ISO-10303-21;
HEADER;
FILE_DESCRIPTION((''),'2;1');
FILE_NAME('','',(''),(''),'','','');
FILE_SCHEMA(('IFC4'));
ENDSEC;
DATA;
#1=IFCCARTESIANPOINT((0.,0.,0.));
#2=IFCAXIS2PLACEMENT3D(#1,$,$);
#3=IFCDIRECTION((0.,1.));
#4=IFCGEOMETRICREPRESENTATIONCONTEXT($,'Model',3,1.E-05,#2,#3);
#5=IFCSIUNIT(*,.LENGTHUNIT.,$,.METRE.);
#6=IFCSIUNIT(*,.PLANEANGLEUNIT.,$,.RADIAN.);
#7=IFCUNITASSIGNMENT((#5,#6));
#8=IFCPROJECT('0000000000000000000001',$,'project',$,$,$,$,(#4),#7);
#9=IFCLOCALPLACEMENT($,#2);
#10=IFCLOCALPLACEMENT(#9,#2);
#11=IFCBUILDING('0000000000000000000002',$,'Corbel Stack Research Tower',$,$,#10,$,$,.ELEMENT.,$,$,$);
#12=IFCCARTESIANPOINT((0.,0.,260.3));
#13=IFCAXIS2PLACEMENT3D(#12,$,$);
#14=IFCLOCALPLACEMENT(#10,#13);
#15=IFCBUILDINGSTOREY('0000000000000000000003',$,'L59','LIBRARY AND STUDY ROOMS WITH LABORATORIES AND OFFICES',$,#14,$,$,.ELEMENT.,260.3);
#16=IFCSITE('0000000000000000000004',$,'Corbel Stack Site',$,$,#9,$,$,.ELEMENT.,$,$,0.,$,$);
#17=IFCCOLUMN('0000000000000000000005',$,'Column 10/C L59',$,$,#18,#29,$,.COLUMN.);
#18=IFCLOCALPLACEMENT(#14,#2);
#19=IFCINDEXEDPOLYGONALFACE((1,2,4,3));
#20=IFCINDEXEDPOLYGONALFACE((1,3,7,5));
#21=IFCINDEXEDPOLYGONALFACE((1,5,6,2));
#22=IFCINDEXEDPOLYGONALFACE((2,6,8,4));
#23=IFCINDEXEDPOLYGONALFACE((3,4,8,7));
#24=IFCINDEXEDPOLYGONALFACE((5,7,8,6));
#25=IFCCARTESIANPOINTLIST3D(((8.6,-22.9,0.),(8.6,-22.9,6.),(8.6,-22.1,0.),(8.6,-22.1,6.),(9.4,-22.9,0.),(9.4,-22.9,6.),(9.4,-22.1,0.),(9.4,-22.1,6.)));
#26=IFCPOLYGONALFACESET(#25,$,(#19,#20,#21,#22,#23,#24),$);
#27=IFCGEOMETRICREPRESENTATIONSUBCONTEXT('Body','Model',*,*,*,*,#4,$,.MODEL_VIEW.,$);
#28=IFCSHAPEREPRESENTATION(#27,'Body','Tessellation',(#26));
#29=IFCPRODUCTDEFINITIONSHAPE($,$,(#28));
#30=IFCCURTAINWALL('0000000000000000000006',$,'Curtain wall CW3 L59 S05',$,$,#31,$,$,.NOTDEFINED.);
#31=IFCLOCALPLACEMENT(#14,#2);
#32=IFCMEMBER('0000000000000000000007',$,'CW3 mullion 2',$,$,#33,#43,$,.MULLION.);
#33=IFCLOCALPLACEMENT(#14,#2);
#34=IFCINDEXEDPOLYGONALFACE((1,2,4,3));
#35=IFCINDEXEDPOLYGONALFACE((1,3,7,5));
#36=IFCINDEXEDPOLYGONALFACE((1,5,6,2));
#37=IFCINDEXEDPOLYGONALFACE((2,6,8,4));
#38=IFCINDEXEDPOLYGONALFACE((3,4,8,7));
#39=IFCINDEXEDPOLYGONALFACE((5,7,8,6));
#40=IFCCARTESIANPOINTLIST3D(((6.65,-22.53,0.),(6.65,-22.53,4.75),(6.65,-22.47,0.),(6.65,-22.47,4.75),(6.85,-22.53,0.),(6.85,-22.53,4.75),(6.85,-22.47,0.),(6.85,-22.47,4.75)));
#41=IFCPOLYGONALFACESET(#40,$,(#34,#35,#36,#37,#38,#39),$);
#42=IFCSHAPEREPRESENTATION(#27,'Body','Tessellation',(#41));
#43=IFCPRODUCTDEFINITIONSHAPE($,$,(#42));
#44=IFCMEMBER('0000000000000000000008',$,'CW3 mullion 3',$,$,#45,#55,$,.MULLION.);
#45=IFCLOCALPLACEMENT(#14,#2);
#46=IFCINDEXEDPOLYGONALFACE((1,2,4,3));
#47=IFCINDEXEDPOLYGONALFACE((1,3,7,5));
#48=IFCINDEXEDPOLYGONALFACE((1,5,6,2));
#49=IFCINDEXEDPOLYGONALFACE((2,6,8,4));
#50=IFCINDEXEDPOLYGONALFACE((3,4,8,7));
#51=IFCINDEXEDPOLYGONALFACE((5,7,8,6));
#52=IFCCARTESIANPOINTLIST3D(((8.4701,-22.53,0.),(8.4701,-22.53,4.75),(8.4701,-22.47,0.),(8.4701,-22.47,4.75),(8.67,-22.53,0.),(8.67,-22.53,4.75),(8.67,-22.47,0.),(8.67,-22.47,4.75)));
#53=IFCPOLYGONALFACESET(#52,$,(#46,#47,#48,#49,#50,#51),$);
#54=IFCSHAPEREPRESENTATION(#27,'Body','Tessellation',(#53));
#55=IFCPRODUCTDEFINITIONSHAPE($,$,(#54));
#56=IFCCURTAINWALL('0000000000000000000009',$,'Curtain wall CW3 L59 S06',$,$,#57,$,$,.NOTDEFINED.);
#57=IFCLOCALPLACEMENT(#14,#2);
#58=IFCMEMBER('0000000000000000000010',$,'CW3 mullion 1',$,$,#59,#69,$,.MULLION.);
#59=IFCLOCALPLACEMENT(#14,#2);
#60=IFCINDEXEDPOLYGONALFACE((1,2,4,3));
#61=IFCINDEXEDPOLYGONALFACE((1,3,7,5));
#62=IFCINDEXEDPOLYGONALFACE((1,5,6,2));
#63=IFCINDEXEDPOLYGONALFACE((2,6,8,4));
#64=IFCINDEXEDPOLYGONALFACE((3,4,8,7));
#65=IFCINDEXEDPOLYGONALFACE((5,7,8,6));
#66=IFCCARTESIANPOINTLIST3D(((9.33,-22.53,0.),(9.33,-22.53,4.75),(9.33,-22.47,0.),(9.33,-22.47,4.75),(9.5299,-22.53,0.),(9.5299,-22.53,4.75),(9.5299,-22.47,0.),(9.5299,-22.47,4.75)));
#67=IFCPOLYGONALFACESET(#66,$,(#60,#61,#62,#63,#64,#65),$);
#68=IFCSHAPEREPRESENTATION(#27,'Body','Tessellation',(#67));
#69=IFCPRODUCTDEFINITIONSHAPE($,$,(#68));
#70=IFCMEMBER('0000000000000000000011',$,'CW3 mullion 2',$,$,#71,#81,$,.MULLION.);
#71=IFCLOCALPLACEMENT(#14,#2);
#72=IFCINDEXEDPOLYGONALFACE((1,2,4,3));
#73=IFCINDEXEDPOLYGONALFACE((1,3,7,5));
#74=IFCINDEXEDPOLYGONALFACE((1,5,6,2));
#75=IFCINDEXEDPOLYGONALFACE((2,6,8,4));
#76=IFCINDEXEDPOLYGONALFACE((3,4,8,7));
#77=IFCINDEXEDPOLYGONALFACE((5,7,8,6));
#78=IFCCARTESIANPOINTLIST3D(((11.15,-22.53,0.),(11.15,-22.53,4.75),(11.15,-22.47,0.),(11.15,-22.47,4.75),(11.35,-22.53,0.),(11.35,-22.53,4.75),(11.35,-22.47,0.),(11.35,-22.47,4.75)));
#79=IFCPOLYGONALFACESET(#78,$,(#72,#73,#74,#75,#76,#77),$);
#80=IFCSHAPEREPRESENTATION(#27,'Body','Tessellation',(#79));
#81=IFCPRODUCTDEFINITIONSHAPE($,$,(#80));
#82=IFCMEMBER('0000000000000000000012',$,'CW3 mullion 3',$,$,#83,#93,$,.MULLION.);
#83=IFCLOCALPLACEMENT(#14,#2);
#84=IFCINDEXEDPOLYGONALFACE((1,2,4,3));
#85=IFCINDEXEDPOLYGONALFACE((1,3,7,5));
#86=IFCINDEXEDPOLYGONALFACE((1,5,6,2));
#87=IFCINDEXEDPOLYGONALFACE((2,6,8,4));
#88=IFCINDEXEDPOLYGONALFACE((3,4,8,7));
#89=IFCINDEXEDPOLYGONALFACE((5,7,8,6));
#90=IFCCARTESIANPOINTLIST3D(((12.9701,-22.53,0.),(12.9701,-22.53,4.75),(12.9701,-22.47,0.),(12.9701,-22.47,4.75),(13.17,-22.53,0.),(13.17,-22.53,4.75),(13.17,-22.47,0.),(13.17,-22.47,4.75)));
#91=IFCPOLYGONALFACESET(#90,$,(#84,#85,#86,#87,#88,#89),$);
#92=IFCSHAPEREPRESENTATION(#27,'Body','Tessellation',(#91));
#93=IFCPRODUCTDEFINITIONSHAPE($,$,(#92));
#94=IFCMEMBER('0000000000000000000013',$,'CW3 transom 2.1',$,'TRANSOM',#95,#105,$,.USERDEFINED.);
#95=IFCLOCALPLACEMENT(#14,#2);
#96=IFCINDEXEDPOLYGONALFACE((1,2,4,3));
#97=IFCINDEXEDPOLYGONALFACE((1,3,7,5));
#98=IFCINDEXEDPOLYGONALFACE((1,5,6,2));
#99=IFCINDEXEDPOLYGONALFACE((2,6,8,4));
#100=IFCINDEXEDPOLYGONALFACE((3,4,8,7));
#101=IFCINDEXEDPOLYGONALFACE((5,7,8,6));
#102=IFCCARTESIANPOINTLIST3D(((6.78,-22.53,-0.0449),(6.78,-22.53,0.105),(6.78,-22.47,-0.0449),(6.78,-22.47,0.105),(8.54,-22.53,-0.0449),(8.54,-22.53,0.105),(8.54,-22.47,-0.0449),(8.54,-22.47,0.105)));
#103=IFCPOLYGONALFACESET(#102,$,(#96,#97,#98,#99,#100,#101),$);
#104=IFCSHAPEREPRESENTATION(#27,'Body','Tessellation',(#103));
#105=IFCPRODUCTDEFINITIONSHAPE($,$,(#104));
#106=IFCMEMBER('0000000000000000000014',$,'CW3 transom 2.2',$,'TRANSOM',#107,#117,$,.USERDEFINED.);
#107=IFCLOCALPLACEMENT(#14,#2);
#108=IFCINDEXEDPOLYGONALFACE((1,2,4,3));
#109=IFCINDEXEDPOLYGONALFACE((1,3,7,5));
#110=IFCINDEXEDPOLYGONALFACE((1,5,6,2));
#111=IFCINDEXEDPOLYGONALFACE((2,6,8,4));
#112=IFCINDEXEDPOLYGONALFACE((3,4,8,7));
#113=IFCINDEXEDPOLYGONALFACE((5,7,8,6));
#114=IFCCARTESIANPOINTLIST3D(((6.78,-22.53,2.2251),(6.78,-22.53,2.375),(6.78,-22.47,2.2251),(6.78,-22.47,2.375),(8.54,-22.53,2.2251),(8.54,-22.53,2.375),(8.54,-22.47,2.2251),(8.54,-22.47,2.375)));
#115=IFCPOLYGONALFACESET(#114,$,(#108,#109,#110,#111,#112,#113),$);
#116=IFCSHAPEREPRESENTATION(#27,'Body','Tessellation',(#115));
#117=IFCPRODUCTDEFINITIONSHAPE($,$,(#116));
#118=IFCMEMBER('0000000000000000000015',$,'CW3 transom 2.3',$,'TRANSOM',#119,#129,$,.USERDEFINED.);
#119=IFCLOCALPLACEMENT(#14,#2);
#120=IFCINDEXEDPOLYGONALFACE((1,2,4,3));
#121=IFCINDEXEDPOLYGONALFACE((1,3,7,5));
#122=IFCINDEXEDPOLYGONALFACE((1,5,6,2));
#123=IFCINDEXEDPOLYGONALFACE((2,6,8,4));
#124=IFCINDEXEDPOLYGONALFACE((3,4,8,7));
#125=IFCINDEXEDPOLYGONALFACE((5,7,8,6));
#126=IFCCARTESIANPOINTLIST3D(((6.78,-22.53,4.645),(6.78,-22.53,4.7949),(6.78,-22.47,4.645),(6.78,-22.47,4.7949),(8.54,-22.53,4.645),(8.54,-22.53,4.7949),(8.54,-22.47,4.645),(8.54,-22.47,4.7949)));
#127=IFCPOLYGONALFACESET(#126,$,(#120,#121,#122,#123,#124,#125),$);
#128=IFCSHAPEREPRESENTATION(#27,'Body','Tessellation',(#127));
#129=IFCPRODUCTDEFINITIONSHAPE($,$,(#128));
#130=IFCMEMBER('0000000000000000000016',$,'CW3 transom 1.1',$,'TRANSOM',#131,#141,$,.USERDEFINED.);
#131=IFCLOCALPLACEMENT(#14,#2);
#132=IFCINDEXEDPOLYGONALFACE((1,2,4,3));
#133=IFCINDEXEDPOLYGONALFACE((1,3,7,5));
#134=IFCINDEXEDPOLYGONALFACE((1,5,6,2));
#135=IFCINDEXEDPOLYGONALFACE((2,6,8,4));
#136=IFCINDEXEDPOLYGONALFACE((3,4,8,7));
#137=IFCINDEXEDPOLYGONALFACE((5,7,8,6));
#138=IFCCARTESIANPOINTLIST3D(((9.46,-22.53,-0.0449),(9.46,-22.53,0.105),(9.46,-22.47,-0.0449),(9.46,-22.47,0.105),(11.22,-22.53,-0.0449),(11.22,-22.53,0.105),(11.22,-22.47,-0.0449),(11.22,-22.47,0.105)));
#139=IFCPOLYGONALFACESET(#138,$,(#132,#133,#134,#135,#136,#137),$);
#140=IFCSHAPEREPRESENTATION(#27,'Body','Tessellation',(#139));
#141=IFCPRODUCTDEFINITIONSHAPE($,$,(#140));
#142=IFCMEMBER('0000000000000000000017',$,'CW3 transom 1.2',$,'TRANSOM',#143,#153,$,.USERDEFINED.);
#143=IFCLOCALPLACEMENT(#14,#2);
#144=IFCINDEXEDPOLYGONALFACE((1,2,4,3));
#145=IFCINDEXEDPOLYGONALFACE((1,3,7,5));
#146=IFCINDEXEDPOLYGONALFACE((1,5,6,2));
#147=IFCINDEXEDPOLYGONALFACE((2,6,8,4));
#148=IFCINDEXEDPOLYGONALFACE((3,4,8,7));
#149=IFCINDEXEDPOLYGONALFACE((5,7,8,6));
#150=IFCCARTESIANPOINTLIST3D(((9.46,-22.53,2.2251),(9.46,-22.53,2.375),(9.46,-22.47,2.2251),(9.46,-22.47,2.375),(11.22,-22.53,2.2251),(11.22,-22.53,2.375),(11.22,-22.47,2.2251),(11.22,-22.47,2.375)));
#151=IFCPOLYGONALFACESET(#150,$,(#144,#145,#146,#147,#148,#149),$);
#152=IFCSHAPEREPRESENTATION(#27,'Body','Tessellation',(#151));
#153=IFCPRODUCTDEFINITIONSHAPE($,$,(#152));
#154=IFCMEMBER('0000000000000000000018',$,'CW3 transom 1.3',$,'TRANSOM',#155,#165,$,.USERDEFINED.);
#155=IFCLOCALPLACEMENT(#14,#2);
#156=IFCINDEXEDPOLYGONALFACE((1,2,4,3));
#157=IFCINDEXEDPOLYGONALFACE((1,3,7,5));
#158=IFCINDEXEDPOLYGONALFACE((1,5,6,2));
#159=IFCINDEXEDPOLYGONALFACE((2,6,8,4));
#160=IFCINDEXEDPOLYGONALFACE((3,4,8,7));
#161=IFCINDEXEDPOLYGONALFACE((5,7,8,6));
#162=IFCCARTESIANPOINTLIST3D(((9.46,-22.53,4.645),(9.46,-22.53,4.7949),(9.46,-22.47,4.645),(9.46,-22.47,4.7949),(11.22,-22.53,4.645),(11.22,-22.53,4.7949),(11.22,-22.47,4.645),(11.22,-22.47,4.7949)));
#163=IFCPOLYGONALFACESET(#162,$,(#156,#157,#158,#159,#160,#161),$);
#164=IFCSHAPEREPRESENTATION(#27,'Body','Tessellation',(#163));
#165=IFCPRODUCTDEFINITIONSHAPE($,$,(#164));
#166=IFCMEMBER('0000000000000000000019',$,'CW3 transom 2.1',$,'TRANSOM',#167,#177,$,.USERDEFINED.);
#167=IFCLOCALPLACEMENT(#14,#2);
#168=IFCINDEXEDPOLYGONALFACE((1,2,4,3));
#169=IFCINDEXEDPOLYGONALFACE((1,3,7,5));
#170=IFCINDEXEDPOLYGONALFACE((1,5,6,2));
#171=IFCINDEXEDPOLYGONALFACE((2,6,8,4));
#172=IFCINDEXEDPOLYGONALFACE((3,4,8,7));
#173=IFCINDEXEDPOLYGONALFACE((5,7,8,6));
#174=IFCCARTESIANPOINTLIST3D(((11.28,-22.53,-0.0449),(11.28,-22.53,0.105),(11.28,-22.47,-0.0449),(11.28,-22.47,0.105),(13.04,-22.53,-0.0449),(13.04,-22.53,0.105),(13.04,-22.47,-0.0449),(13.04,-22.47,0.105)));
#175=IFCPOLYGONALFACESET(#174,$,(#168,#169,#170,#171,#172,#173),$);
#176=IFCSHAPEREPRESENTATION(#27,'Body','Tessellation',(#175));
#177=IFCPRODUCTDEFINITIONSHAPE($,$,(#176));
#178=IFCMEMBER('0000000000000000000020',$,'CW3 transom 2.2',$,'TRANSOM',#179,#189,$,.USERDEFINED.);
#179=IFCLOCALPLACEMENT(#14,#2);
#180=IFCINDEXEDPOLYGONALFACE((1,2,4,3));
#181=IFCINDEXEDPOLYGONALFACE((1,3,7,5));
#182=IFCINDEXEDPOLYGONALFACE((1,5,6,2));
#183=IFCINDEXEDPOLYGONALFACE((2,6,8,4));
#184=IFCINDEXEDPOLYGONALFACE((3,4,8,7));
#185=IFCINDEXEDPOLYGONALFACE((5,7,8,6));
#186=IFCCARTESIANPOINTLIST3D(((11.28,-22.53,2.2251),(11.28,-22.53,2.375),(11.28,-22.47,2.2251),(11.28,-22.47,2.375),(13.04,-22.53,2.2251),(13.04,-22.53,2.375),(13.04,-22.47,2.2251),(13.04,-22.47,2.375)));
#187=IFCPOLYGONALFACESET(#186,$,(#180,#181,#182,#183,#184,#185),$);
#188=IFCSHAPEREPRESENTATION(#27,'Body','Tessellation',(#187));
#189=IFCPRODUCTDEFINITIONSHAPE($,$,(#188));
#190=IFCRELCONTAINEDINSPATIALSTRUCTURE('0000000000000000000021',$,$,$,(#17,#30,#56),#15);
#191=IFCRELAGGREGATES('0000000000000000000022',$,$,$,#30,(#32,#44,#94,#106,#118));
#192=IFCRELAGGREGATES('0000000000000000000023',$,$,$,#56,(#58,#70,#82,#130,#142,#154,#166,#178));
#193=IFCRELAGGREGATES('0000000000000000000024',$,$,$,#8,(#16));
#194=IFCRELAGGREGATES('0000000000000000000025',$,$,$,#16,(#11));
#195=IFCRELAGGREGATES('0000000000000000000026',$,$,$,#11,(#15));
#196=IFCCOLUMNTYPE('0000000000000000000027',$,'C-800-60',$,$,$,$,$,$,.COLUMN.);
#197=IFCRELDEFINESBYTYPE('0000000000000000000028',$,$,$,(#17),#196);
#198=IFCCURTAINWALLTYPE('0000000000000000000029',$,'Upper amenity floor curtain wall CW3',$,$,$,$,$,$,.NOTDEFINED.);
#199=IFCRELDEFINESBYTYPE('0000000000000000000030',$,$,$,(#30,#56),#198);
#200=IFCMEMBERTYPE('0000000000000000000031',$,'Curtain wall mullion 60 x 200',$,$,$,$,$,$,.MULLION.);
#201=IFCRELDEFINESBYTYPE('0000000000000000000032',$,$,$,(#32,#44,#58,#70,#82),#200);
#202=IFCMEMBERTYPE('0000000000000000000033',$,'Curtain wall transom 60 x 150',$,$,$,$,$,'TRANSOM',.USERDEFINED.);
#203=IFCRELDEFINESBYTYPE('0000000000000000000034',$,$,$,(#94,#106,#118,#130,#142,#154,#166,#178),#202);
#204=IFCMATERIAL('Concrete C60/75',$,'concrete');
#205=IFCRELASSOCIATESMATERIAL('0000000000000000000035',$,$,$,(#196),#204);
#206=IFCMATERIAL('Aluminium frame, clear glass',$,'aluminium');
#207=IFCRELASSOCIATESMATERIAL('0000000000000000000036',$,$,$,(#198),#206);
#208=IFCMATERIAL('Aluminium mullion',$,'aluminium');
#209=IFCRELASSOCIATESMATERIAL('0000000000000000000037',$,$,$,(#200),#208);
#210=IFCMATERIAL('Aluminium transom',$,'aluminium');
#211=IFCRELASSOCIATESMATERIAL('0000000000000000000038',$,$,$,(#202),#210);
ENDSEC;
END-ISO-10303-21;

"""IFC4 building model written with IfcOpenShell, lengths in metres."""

from ifc_helpers import new_model, si_unit, direction, frame, origin, origin_2d, place, context, subcontext, project, spatial, rectangle, extrude, material, material_profile, profile_set, type_object, element, aggregate, save


model = new_model("IFC4")

# Units and contexts
model_context = context("Model", 3, precision=1e-05, world=origin(), true_north=direction((0.0, 1.0)))
body_context = subcontext(model_context, "Body", "Model", "MODEL_VIEW")
ifc_project = project(units=[si_unit("LENGTHUNIT", "METRE"), si_unit("PLANEANGLEUNIT", "RADIAN")], contexts=[model_context])

# Site, building, storey
site_placement = place(None, origin())
site = spatial("IfcSite", under=ifc_project, at=site_placement, Name="Corbel Stack Site", CompositionType="ELEMENT", RefElevation=0.0)
building_placement = place(site_placement, origin())
building = spatial("IfcBuilding", under=site, at=building_placement, Name="Corbel Stack Research Tower", CompositionType="ELEMENT")
storey_placement = place(building_placement, frame((0.0, 0.0, 260.3)))
storey = spatial("IfcBuildingStorey", under=building, at=storey_placement, Name="L59", Description="LIBRARY AND STUDY ROOMS WITH LABORATORIES AND OFFICES", CompositionType="ELEMENT", Elevation=260.3)

# Column
ifc_material_1 = material(Name="Concrete C60/75", Category="concrete")
ifc_material_profile_1 = material_profile(ifc_material_1, rectangle(XDim=0.8, YDim=0.8, at=origin_2d()), Name="RC 800 x 800")
ifc_profile_set_1 = profile_set([ifc_material_profile_1], Name="Concrete C60/75")
column_type = type_object("IfcColumnType", Name="C-800-60", PredefinedType="COLUMN", material=ifc_profile_set_1)
column_placement = place(storey_placement, frame((9.0, -22.5, 0.0), z_axis=(0.0, 0.0, 1.0), x_axis=(1.0, 0.0, 0.0)))
element("IfcColumn", 1, at=column_placement, inside=storey, type_object=column_type, Name="Column 10/C L59", PredefinedType="COLUMN", context=body_context, shape_type="SweptSolid", body=[
    extrude(rectangle(XDim=0.8, YDim=0.8, at=origin_2d()), origin(), (0.0, 0.0, 1.0), 6.0),
])

# Curtain walls, members
ifc_material_2 = material(Name="Aluminium frame, clear glass", Category="aluminium")
curtain_wall_type = type_object("IfcCurtainWallType", Name="Upper amenity floor curtain wall CW3", PredefinedType="NOTDEFINED", material=ifc_material_2)
curtain_wall_1_placement = place(storey_placement, origin())
curtain_wall_1 = element("IfcCurtainWall", 2, at=curtain_wall_1_placement, inside=storey, type_object=curtain_wall_type, Name="Curtain wall CW3 L59 S05", PredefinedType="NOTDEFINED")
ifc_material_3 = material(Name="Aluminium mullion", Category="aluminium")
ifc_material_profile_2 = material_profile(ifc_material_3, rectangle(XDim=0.0601, YDim=0.2, at=origin_2d()), Name="Mullion 60 x 200")
ifc_profile_set_2 = profile_set([ifc_material_profile_2], Name="Aluminium mullion")
member_type_1 = type_object("IfcMemberType", Name="Curtain wall mullion 60 x 200", PredefinedType="MULLION", material=ifc_profile_set_2)
member_1_placement = place(storey_placement, frame((6.75, -22.5, 0.0), z_axis=(0.0, 0.0, 1.0), x_axis=(0.0, 1.0, 0.0)))
member_1 = element("IfcMember", 3, at=member_1_placement, type_object=member_type_1, Name="CW3 mullion 2", PredefinedType="MULLION", context=body_context, shape_type="SweptSolid", body=[
    extrude(rectangle(XDim=0.0601, YDim=0.2, at=origin_2d()), origin(), (0.0, 0.0, 1.0), 4.75),
])
member_2_placement = place(storey_placement, frame((8.5701, -22.5, 0.0), z_axis=(0.0, 0.0, 1.0), x_axis=(0.0, 1.0, 0.0)))
member_2 = element("IfcMember", 4, at=member_2_placement, type_object=member_type_1, Name="CW3 mullion 3", PredefinedType="MULLION", context=body_context, shape_type="SweptSolid", body=[
    extrude(rectangle(XDim=0.0601, YDim=0.2, at=origin_2d()), origin(), (0.0, 0.0, 1.0), 4.75),
])
curtain_wall_2_placement = place(storey_placement, origin())
curtain_wall_2 = element("IfcCurtainWall", 5, at=curtain_wall_2_placement, inside=storey, type_object=curtain_wall_type, Name="Curtain wall CW3 L59 S06", PredefinedType="NOTDEFINED")
member_3_placement = place(storey_placement, frame((9.4299, -22.5, 0.0), z_axis=(0.0, 0.0, 1.0), x_axis=(0.0, 1.0, 0.0)))
member_3 = element("IfcMember", 6, at=member_3_placement, type_object=member_type_1, Name="CW3 mullion 1", PredefinedType="MULLION", context=body_context, shape_type="SweptSolid", body=[
    extrude(rectangle(XDim=0.0601, YDim=0.2, at=origin_2d()), origin(), (0.0, 0.0, 1.0), 4.75),
])
member_4_placement = place(storey_placement, frame((11.25, -22.5, 0.0), z_axis=(0.0, 0.0, 1.0), x_axis=(0.0, 1.0, 0.0)))
member_4 = element("IfcMember", 7, at=member_4_placement, type_object=member_type_1, Name="CW3 mullion 2", PredefinedType="MULLION", context=body_context, shape_type="SweptSolid", body=[
    extrude(rectangle(XDim=0.0601, YDim=0.2, at=origin_2d()), origin(), (0.0, 0.0, 1.0), 4.75),
])
member_5_placement = place(storey_placement, frame((13.0701, -22.5, 0.0), z_axis=(0.0, 0.0, 1.0), x_axis=(0.0, 1.0, 0.0)))
member_5 = element("IfcMember", 8, at=member_5_placement, type_object=member_type_1, Name="CW3 mullion 3", PredefinedType="MULLION", context=body_context, shape_type="SweptSolid", body=[
    extrude(rectangle(XDim=0.0601, YDim=0.2, at=origin_2d()), origin(), (0.0, 0.0, 1.0), 4.75),
])

# Members
ifc_material_4 = material(Name="Aluminium transom", Category="aluminium")
ifc_material_profile_3 = material_profile(ifc_material_4, rectangle(XDim=0.0601, YDim=0.1499, at=origin_2d()), Name="Transom 60 x 150")
ifc_profile_set_3 = profile_set([ifc_material_profile_3], Name="Aluminium transom")
member_type_2 = type_object("IfcMemberType", Name="Curtain wall transom 60 x 150", ElementType="TRANSOM", PredefinedType="USERDEFINED", material=ifc_profile_set_3)
member_6_placement = place(storey_placement, frame((6.78, -22.5, 0.03), z_axis=(1.0, 0.0, 0.0), x_axis=(0.0, 1.0, 0.0)))
member_6 = element("IfcMember", 9, at=member_6_placement, type_object=member_type_2, Name="CW3 transom 2.1", ObjectType="TRANSOM", PredefinedType="USERDEFINED", context=body_context, shape_type="SweptSolid", body=[
    extrude(rectangle(XDim=0.0601, YDim=0.1499, at=origin_2d()), origin(), (0.0, 0.0, 1.0), 1.76),
])
member_7_placement = place(storey_placement, frame((6.78, -22.5, 2.3), z_axis=(1.0, 0.0, 0.0), x_axis=(0.0, 1.0, 0.0)))
member_7 = element("IfcMember", 10, at=member_7_placement, type_object=member_type_2, Name="CW3 transom 2.2", ObjectType="TRANSOM", PredefinedType="USERDEFINED", context=body_context, shape_type="SweptSolid", body=[
    extrude(rectangle(XDim=0.0601, YDim=0.1499, at=origin_2d()), origin(), (0.0, 0.0, 1.0), 1.76),
])
member_8_placement = place(storey_placement, frame((6.78, -22.5, 4.72), z_axis=(1.0, 0.0, 0.0), x_axis=(0.0, 1.0, 0.0)))
member_8 = element("IfcMember", 11, at=member_8_placement, type_object=member_type_2, Name="CW3 transom 2.3", ObjectType="TRANSOM", PredefinedType="USERDEFINED", context=body_context, shape_type="SweptSolid", body=[
    extrude(rectangle(XDim=0.0601, YDim=0.1499, at=origin_2d()), origin(), (0.0, 0.0, 1.0), 1.76),
])
member_9_placement = place(storey_placement, frame((9.46, -22.5, 0.03), z_axis=(1.0, 0.0, 0.0), x_axis=(0.0, 1.0, 0.0)))
member_9 = element("IfcMember", 12, at=member_9_placement, type_object=member_type_2, Name="CW3 transom 1.1", ObjectType="TRANSOM", PredefinedType="USERDEFINED", context=body_context, shape_type="SweptSolid", body=[
    extrude(rectangle(XDim=0.0601, YDim=0.1499, at=origin_2d()), origin(), (0.0, 0.0, 1.0), 1.76),
])
member_10_placement = place(storey_placement, frame((9.46, -22.5, 2.3), z_axis=(1.0, 0.0, 0.0), x_axis=(0.0, 1.0, 0.0)))
member_10 = element("IfcMember", 13, at=member_10_placement, type_object=member_type_2, Name="CW3 transom 1.2", ObjectType="TRANSOM", PredefinedType="USERDEFINED", context=body_context, shape_type="SweptSolid", body=[
    extrude(rectangle(XDim=0.0601, YDim=0.1499, at=origin_2d()), origin(), (0.0, 0.0, 1.0), 1.76),
])
member_11_placement = place(storey_placement, frame((9.46, -22.5, 4.72), z_axis=(1.0, 0.0, 0.0), x_axis=(0.0, 1.0, 0.0)))
member_11 = element("IfcMember", 14, at=member_11_placement, type_object=member_type_2, Name="CW3 transom 1.3", ObjectType="TRANSOM", PredefinedType="USERDEFINED", context=body_context, shape_type="SweptSolid", body=[
    extrude(rectangle(XDim=0.0601, YDim=0.1499, at=origin_2d()), origin(), (0.0, 0.0, 1.0), 1.76),
])
member_12_placement = place(storey_placement, frame((11.28, -22.5, 0.03), z_axis=(1.0, 0.0, 0.0), x_axis=(0.0, 1.0, 0.0)))
member_12 = element("IfcMember", 15, at=member_12_placement, type_object=member_type_2, Name="CW3 transom 2.1", ObjectType="TRANSOM", PredefinedType="USERDEFINED", context=body_context, shape_type="SweptSolid", body=[
    extrude(rectangle(XDim=0.0601, YDim=0.1499, at=origin_2d()), origin(), (0.0, 0.0, 1.0), 1.76),
])
member_13_placement = place(storey_placement, frame((11.28, -22.5, 2.3), z_axis=(1.0, 0.0, 0.0), x_axis=(0.0, 1.0, 0.0)))
member_13 = element("IfcMember", 16, at=member_13_placement, type_object=member_type_2, Name="CW3 transom 2.2", ObjectType="TRANSOM", PredefinedType="USERDEFINED", context=body_context, shape_type="SweptSolid", body=[
    extrude(rectangle(XDim=0.0601, YDim=0.1499, at=origin_2d()), origin(), (0.0, 0.0, 1.0), 1.76),
])

aggregate(curtain_wall_1, [member_1, member_2, member_6, member_7, member_8])
aggregate(curtain_wall_2, [member_3, member_4, member_5, member_9, member_10, member_11, member_12, member_13])

save(model, "model.ifc")
